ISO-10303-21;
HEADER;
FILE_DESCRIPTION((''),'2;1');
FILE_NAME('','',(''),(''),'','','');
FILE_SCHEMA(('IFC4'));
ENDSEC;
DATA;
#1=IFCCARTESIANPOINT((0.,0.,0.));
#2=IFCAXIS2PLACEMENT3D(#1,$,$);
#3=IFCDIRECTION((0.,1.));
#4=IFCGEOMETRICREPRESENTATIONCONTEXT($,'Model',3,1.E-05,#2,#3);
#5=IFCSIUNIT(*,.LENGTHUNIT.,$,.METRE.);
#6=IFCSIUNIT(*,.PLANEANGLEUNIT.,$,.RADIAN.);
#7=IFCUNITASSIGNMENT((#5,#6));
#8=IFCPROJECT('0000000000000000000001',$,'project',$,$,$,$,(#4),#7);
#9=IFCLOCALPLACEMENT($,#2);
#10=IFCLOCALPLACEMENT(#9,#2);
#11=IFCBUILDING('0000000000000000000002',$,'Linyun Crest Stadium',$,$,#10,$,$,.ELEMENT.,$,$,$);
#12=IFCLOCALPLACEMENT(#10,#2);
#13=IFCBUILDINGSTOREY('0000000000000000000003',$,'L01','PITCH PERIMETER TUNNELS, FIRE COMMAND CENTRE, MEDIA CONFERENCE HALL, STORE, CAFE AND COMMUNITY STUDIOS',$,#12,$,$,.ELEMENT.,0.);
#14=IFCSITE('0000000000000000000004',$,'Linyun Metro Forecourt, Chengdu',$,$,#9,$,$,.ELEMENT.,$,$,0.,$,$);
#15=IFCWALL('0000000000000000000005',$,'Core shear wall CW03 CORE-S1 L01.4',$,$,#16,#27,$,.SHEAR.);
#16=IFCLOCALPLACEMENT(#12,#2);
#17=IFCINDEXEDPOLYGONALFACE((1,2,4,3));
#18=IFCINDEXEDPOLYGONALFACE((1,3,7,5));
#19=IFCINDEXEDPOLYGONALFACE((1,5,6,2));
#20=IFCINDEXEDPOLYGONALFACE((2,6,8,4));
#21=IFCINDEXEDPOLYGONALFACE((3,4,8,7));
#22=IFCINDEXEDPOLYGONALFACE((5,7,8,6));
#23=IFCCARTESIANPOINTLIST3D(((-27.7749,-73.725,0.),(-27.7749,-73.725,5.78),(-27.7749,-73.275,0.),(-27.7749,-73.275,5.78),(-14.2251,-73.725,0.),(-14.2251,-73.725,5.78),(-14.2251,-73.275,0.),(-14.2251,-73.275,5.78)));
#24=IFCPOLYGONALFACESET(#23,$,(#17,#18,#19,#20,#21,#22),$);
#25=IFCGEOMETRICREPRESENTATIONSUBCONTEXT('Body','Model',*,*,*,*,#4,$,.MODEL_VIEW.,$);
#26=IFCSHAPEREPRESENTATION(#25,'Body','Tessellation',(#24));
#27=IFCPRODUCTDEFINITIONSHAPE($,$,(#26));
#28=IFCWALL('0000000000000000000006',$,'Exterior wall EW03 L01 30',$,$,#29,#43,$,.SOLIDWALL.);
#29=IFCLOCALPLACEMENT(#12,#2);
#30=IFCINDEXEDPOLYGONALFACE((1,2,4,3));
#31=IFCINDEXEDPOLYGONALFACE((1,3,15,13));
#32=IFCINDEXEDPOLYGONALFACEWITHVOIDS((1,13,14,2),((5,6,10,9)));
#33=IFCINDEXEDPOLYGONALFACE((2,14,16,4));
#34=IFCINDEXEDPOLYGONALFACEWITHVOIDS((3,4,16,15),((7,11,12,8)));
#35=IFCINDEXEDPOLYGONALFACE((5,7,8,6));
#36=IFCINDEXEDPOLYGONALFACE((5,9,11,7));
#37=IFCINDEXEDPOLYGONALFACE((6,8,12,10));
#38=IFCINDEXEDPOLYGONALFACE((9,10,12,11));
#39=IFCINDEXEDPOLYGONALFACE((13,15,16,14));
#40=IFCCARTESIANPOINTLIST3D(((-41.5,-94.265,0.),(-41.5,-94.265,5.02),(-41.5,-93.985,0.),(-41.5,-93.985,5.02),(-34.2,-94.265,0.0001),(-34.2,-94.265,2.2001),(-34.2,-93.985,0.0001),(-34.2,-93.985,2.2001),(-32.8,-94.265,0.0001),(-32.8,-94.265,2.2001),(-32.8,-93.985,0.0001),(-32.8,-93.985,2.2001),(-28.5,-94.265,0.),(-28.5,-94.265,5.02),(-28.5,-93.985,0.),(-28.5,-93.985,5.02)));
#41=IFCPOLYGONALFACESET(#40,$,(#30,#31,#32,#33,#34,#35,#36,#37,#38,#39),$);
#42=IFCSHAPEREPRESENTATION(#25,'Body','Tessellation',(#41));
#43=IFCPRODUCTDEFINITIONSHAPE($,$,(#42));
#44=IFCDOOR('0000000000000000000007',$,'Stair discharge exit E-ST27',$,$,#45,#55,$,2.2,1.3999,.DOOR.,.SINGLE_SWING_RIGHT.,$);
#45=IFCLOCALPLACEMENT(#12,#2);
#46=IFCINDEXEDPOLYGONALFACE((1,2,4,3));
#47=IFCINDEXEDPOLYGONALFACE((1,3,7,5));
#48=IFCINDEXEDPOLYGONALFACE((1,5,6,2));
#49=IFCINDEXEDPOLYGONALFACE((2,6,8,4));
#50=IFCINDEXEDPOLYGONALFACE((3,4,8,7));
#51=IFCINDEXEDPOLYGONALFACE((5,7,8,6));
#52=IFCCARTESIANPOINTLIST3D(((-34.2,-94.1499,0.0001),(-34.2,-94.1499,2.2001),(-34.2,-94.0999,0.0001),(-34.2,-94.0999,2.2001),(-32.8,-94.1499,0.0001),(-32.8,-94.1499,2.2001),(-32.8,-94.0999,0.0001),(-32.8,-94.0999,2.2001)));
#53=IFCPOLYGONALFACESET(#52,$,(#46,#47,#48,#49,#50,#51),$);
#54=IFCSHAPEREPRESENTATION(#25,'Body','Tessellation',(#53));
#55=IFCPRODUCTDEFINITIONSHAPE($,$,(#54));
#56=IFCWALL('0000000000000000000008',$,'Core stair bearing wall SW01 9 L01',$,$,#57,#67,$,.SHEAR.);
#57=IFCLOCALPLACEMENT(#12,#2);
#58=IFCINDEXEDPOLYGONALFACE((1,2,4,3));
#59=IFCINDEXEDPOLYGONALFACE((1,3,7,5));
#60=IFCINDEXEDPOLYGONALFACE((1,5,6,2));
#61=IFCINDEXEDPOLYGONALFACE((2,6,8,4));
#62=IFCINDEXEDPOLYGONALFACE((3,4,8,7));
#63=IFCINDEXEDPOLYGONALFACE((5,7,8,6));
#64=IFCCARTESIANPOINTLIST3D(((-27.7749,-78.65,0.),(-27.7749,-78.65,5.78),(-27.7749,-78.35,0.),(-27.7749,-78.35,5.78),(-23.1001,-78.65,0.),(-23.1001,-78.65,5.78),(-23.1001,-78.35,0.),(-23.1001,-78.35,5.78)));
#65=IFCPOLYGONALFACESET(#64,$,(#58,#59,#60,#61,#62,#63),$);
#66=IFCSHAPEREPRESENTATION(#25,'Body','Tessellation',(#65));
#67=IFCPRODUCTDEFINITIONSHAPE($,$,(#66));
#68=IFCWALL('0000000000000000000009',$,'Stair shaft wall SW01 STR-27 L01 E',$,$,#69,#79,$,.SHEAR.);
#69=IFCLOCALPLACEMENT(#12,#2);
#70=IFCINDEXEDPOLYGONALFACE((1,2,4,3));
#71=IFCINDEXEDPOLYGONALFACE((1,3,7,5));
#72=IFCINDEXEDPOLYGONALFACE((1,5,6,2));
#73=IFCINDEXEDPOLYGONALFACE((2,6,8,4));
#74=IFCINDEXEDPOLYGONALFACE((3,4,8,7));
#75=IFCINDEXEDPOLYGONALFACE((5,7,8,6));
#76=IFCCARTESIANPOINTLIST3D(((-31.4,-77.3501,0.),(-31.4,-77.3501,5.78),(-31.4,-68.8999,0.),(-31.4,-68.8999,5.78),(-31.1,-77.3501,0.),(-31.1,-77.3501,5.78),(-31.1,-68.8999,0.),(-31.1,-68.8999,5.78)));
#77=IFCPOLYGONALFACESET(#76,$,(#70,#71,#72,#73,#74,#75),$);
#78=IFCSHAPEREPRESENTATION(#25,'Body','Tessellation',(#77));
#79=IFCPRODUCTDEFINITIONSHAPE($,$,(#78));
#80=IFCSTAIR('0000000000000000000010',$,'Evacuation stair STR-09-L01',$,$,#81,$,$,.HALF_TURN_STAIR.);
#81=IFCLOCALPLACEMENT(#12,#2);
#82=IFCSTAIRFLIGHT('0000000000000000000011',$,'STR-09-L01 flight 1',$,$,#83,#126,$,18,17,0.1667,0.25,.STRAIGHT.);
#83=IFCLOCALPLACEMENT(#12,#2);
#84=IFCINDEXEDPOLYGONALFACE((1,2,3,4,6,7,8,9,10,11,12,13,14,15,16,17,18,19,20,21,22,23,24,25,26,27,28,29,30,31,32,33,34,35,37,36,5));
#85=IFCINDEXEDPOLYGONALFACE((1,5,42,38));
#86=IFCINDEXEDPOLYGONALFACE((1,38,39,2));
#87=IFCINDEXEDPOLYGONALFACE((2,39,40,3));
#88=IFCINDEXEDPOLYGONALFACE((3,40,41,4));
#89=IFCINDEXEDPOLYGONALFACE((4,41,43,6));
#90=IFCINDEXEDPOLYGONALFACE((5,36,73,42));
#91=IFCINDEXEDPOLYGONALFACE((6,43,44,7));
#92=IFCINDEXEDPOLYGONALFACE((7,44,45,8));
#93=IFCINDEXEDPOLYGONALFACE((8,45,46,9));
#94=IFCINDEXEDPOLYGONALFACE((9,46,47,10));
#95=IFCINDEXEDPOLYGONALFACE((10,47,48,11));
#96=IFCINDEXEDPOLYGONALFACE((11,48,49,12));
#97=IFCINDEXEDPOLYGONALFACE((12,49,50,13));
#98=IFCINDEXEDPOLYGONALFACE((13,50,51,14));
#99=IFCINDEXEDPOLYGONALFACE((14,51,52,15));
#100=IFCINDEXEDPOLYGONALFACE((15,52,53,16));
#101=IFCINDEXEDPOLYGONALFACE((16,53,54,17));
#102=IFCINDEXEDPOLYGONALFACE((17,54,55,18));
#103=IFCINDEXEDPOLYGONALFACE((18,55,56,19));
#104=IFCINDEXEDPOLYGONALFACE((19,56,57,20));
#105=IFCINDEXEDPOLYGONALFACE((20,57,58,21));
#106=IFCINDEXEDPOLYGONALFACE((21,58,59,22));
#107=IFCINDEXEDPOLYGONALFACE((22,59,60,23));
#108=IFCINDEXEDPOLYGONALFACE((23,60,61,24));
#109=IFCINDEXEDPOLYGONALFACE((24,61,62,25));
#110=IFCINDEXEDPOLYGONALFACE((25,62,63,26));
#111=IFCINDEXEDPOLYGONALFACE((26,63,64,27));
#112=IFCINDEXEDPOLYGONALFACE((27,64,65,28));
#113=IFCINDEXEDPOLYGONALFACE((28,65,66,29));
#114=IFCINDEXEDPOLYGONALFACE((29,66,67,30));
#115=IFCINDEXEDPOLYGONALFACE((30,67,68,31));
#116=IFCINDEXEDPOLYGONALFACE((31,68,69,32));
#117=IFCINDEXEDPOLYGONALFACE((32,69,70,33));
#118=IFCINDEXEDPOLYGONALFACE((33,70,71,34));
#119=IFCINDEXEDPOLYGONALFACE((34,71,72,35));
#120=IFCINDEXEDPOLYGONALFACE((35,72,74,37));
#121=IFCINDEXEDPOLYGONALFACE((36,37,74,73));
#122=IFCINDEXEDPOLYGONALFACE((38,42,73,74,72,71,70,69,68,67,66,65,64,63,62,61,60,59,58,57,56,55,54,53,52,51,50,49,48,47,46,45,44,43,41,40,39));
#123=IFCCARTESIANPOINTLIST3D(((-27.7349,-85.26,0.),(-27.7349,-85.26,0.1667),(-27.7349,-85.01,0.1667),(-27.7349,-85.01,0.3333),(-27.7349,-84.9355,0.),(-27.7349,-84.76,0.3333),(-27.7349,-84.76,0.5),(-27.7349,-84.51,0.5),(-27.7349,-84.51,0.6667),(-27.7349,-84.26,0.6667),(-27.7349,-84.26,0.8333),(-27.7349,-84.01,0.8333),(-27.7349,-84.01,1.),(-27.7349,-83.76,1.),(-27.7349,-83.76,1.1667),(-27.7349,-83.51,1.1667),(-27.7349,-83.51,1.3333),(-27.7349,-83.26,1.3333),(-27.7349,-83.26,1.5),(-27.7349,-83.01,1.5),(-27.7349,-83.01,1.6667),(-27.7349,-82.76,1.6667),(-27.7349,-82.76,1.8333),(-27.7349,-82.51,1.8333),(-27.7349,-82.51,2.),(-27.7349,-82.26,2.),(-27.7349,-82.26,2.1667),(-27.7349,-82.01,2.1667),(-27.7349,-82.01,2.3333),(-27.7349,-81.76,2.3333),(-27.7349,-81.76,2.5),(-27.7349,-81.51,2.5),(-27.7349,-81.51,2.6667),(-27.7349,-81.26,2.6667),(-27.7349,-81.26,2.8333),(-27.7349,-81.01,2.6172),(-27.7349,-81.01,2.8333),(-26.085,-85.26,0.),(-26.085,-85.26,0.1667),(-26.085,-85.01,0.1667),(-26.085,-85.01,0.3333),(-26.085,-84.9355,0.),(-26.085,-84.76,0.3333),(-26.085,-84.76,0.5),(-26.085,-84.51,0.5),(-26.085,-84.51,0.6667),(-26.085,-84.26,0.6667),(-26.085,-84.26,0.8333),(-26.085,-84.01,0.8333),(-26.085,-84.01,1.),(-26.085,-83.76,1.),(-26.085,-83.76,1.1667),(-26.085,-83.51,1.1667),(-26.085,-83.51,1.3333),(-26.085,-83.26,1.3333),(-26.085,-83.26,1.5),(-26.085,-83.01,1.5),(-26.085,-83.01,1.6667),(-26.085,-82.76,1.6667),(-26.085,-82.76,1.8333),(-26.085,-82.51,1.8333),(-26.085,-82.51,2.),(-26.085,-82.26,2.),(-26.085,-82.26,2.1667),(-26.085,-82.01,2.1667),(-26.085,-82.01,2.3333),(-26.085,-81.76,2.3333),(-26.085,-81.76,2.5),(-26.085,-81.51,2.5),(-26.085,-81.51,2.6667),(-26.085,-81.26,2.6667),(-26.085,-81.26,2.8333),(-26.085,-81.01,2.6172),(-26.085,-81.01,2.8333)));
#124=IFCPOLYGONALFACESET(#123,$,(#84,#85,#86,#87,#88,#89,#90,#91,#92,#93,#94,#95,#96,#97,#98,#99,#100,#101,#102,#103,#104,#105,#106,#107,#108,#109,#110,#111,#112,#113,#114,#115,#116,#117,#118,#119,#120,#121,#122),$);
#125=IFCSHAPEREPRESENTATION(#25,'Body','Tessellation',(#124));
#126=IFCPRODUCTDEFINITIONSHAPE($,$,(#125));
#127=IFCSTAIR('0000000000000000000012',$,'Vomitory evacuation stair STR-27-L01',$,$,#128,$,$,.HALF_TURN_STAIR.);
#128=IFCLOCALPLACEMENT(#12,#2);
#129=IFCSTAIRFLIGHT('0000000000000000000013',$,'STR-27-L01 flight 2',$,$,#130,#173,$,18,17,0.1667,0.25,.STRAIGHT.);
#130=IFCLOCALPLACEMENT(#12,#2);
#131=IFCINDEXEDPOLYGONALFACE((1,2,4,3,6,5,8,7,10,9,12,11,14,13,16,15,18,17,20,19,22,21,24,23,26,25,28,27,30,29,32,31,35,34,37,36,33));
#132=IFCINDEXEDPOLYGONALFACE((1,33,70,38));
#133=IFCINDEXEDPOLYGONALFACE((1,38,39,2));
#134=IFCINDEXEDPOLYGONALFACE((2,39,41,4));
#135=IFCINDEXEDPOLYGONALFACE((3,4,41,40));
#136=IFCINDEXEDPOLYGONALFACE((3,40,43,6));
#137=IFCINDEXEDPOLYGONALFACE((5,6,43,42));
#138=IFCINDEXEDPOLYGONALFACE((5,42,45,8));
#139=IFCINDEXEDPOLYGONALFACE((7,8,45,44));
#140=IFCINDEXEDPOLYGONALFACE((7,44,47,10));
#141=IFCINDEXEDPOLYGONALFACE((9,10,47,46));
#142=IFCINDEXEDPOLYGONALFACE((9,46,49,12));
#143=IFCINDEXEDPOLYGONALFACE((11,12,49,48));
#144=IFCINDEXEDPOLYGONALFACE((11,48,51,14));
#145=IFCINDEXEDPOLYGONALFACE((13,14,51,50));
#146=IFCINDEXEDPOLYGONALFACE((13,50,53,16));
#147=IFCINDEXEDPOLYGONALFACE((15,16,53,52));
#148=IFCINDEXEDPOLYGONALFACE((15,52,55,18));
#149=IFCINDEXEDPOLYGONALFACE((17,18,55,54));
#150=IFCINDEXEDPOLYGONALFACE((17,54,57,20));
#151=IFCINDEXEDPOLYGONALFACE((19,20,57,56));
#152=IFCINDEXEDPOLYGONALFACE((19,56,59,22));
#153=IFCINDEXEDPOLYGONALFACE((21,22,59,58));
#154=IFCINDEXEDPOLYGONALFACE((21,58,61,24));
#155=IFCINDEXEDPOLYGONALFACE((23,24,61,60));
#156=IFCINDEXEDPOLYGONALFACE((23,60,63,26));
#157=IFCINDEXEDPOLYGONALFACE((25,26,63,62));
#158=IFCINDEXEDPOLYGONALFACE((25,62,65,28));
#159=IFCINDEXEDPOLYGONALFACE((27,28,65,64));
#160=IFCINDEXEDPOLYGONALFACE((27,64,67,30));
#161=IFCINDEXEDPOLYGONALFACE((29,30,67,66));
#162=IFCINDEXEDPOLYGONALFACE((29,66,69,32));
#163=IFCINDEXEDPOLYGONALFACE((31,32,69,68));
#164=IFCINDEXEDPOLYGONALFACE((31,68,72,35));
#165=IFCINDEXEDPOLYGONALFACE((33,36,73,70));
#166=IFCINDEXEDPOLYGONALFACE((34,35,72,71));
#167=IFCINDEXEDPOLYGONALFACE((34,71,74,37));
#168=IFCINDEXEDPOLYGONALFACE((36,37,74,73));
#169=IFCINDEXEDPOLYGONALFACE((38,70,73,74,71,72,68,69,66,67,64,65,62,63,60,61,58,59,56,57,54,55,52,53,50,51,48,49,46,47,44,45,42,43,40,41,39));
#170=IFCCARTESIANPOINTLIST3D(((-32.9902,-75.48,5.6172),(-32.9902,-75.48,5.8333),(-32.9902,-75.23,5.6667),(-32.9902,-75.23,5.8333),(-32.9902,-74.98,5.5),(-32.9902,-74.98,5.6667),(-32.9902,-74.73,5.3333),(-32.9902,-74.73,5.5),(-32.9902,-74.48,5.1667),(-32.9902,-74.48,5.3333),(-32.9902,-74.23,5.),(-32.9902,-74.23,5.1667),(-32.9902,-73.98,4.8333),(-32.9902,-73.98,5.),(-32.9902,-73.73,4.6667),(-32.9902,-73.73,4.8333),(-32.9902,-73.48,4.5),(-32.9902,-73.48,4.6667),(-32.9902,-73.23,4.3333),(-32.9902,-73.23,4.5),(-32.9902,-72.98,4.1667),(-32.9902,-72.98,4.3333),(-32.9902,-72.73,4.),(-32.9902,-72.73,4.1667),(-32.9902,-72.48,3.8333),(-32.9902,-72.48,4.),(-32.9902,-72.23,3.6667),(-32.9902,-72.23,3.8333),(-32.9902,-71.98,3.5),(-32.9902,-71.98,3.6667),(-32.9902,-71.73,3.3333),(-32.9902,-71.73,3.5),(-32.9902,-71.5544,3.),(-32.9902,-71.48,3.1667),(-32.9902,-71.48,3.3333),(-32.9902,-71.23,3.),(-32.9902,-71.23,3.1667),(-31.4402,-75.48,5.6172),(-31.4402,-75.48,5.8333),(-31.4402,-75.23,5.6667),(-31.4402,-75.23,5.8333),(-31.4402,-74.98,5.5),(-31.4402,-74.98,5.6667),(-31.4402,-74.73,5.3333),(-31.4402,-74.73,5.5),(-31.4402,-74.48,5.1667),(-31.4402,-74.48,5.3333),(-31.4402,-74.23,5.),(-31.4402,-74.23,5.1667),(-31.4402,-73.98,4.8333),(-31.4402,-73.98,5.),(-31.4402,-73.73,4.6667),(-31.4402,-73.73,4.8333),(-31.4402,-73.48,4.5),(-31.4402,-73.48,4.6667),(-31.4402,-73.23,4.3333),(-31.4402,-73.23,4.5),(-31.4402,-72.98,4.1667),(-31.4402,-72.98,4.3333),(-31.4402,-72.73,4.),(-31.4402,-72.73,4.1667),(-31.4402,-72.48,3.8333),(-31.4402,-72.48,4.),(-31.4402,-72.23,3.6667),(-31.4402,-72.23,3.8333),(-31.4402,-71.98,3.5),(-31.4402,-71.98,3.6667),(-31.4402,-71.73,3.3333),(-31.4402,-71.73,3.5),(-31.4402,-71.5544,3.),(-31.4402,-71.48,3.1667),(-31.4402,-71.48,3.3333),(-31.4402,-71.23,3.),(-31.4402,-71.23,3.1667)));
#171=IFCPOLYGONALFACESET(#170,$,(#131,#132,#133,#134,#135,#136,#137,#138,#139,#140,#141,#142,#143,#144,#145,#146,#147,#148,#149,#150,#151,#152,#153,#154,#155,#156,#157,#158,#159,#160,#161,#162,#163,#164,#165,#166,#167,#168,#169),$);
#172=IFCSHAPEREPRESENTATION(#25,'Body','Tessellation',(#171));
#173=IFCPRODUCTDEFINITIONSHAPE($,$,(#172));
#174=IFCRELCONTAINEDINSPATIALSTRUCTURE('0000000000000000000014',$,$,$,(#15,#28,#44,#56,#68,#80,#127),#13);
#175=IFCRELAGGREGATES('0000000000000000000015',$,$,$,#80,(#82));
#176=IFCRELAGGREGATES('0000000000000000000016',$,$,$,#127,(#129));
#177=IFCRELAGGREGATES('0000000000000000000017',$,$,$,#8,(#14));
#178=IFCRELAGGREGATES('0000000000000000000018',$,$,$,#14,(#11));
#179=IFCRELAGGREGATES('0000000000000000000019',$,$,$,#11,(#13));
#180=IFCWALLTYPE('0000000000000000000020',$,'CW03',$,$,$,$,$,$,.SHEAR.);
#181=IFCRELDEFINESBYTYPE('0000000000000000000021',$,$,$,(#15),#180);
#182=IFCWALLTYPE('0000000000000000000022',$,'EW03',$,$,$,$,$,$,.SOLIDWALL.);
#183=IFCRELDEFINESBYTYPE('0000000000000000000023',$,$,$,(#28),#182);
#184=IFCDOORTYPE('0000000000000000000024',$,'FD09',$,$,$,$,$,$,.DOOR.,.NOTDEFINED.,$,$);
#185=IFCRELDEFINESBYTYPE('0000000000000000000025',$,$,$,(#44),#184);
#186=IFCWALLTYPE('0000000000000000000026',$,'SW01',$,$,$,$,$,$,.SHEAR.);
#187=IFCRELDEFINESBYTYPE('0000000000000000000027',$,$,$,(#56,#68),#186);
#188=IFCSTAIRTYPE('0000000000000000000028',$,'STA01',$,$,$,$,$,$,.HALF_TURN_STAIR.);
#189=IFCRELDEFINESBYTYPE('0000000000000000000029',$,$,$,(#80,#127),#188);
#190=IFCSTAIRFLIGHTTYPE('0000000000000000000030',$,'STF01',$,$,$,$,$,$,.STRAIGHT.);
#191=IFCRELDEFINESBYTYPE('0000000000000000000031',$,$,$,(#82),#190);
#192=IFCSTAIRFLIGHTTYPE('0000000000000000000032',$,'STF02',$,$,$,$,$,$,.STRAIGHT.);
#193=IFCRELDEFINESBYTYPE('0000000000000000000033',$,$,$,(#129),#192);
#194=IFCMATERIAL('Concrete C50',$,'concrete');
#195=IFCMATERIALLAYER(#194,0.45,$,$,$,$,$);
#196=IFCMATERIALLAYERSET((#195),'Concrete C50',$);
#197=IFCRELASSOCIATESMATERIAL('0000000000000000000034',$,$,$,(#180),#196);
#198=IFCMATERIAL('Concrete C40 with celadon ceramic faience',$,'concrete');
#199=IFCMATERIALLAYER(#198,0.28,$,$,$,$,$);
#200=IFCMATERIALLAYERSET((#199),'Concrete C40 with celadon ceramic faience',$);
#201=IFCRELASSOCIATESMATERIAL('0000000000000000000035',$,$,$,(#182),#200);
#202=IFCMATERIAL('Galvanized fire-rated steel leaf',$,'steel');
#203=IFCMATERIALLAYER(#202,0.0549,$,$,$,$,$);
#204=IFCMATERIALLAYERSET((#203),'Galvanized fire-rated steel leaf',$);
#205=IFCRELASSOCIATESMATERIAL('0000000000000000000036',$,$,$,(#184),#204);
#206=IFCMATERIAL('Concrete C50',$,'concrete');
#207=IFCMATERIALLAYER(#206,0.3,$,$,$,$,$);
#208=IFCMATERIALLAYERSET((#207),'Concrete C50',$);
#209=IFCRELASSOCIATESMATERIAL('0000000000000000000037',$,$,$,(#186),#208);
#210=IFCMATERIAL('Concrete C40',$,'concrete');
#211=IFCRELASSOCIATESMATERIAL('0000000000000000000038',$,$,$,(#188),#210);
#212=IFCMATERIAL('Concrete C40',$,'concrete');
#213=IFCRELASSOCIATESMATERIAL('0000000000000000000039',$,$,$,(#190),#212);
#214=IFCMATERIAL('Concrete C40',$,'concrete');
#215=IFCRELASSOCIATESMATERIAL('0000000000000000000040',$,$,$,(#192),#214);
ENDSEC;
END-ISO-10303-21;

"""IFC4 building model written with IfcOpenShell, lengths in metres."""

from ifc_helpers import new_model, si_unit, direction, frame, frame_2d, origin, place, context, subcontext, project, spatial, polyline, rectangle, outline, extrude, material, layer, layer_set, type_object, element, fill, aggregate, save


model = new_model("IFC4")

# Units and contexts
model_context = context("Model", 3, precision=1e-05, world=origin(), true_north=direction((0.0, 1.0)))
body_context = subcontext(model_context, "Body", "Model", "MODEL_VIEW")
ifc_project = project(units=[si_unit("LENGTHUNIT", "METRE"), si_unit("PLANEANGLEUNIT", "RADIAN")], contexts=[model_context])

# Site, building, storey
site_placement = place(None, origin())
site = spatial("IfcSite", under=ifc_project, at=site_placement, Name="Linyun Metro Forecourt, Chengdu", CompositionType="ELEMENT", RefElevation=0.0)
building_placement = place(site_placement, origin())
building = spatial("IfcBuilding", under=site, at=building_placement, Name="Linyun Crest Stadium", CompositionType="ELEMENT")
storey_placement = place(building_placement, origin())
storey = spatial("IfcBuildingStorey", under=building, at=storey_placement, Name="L01", Description="PITCH PERIMETER TUNNELS, FIRE COMMAND CENTRE, MEDIA CONFERENCE HALL, STORE, CAFE AND COMMUNITY STUDIOS", CompositionType="ELEMENT", Elevation=0.0)

# Shared definitions
ifc_material_1 = material(Name="Concrete C50", Category="concrete")
ifc_layer_1 = layer(ifc_material_1, 0.45)
ifc_layer_set_1 = layer_set([ifc_layer_1], Name="Concrete C50")
wall_type_1 = type_object("IfcWallType", Name="CW03", PredefinedType="SHEAR", material=ifc_layer_set_1)

# Wall
wall_1_placement = place(storey_placement, frame((-27.7749, -73.5, 0.0), z_axis=(0.0, 0.0, 1.0), x_axis=(1.0, 0.0, 0.0)))
element("IfcWall", 1, at=wall_1_placement, inside=storey, type_object=wall_type_1, Name="Core shear wall CW03 CORE-S1 L01.4", PredefinedType="SHEAR", context=body_context, shape_type="SweptSolid", body=[
    extrude(rectangle(XDim=13.5498, YDim=0.45, at=frame_2d((6.7749, 0.0))), origin(), (0.0, 0.0, 1.0), 5.78),
])

# Wall, opening, door
ifc_material_2 = material(Name="Concrete C40 with celadon ceramic faience", Category="concrete")
ifc_layer_2 = layer(ifc_material_2, 0.28)
ifc_layer_set_2 = layer_set([ifc_layer_2], Name="Concrete C40 with celadon ceramic faience")
wall_type_2 = type_object("IfcWallType", Name="EW03", PredefinedType="SOLIDWALL", material=ifc_layer_set_2)
wall_2_placement = place(storey_placement, frame((-28.5, -94.125, 0.0), z_axis=(0.0, 0.0, 1.0), x_axis=(-1.0, 0.0, 0.0)))
wall_2 = element("IfcWall", 2, at=wall_2_placement, inside=storey, type_object=wall_type_2, Name="Exterior wall EW03 L01 30", PredefinedType="SOLIDWALL", context=body_context, shape_type="SweptSolid", body=[
    extrude(rectangle(XDim=13.0, YDim=0.28, at=frame_2d((6.5, 0.0))), origin(), (0.0, 0.0, 1.0), 5.02),
])
opening_1_placement = place(wall_2_placement, frame((4.3, 0.0, 0.0)))
opening_1 = element("IfcOpeningElement", 3, at=opening_1_placement, cuts=wall_2, PredefinedType="OPENING", context=body_context, shape_type="SweptSolid", body=[
    extrude(rectangle(XDim=1.3999, YDim=2.2, at=frame_2d((0.7, 1.1001))), frame((0.0, 0.1499, 0.0), z_axis=(0.0, -1.0, 0.0), x_axis=(1.0, 0.0, 0.0)), (0.0, 0.0, 1.0), 0.3),
])
ifc_material_3 = material(Name="Galvanized fire-rated steel leaf", Category="steel")
ifc_layer_3 = layer(ifc_material_3, 0.0549)
ifc_layer_set_3 = layer_set([ifc_layer_3], Name="Galvanized fire-rated steel leaf")
door_type_1 = type_object("IfcDoorType", Name="FD09", OperationType="NOTDEFINED", PredefinedType="DOOR", material=ifc_layer_set_3)
door_1_placement = place(opening_1_placement, origin())
door_1 = element("IfcDoor", 4, at=door_1_placement, inside=storey, type_object=door_type_1, Name="Stair discharge exit E-ST27", OperationType="SINGLE_SWING_RIGHT", OverallHeight=2.2, OverallWidth=1.3999, PredefinedType="DOOR", context=body_context, shape_type="SweptSolid", body=[
    extrude(rectangle(XDim=1.3999, YDim=2.2, at=frame_2d((0.7, 1.1001))), frame((0.0, 0.0249, 0.0), z_axis=(0.0, -1.0, 0.0), x_axis=(1.0, 0.0, 0.0)), (0.0, 0.0, 1.0), 0.05),
])
fill(opening_1, door_1)

# Walls
ifc_material_4 = material(Name="Concrete C50", Category="concrete")
ifc_layer_4 = layer(ifc_material_4, 0.3)
ifc_layer_set_4 = layer_set([ifc_layer_4], Name="Concrete C50")
wall_type_3 = type_object("IfcWallType", Name="SW01", PredefinedType="SHEAR", material=ifc_layer_set_4)
wall_3_placement = place(storey_placement, frame((-27.7749, -78.5, 0.0), z_axis=(0.0, 0.0, 1.0), x_axis=(1.0, 0.0, 0.0)))
element("IfcWall", 5, at=wall_3_placement, inside=storey, type_object=wall_type_3, Name="Core stair bearing wall SW01 9 L01", PredefinedType="SHEAR", context=body_context, shape_type="SweptSolid", body=[
    extrude(rectangle(XDim=4.6748, YDim=0.3, at=frame_2d((2.3374, 0.0))), origin(), (0.0, 0.0, 1.0), 5.78),
])
wall_4_placement = place(storey_placement, frame((-31.25, -77.3501, 0.0), z_axis=(0.0, 0.0, 1.0), x_axis=(0.0, 1.0, 0.0)))
element("IfcWall", 6, at=wall_4_placement, inside=storey, type_object=wall_type_3, Name="Stair shaft wall SW01 STR-27 L01 E", PredefinedType="SHEAR", context=body_context, shape_type="SweptSolid", body=[
    extrude(rectangle(XDim=8.4502, YDim=0.3, at=frame_2d((4.2251, 0.0))), origin(), (0.0, 0.0, 1.0), 5.78),
])

# Stairs, stair flights
ifc_material_5 = material(Name="Concrete C40", Category="concrete")
stair_type = type_object("IfcStairType", Name="STA01", PredefinedType="HALF_TURN_STAIR", material=ifc_material_5)
stair_1_placement = place(storey_placement, origin())
stair_1 = element("IfcStair", 7, at=stair_1_placement, inside=storey, type_object=stair_type, Name="Evacuation stair STR-09-L01", PredefinedType="HALF_TURN_STAIR")
ifc_material_6 = material(Name="Concrete C40", Category="concrete")
stair_flight_type_1 = type_object("IfcStairFlightType", Name="STF01", PredefinedType="STRAIGHT", material=ifc_material_6)
stair_flight_1_placement = place(storey_placement, frame((-26.9099, -85.26, 0.0), z_axis=(0.0, 0.0, 1.0), x_axis=(0.0, 1.0, 0.0)))
stair_flight_1 = element("IfcStairFlight", 8, at=stair_flight_1_placement, type_object=stair_flight_type_1, Name="STR-09-L01 flight 1", NumberOfRisers=18, NumberOfTreads=17, PredefinedType="STRAIGHT", RiserHeight=0.1667, TreadLength=0.25, context=body_context, shape_type="SweptSolid", body=[
    extrude(outline(polyline([(0.0, 0.0), (0.0, 0.1667), (0.25, 0.1667), (0.25, 0.3333), (0.5, 0.3333), (0.5, 0.5), (0.75, 0.5), (0.75, 0.6667), (1.0, 0.6667), (1.0, 0.8333), (1.25, 0.8333), (1.25, 1.0), (1.5, 1.0), (1.5, 1.1667), (1.75, 1.1667), (1.75, 1.3333), (2.0, 1.3333), (2.0, 1.5), (2.25, 1.5), (2.25, 1.6667), (2.5, 1.6667), (2.5, 1.8333), (2.75, 1.8333), (2.75, 2.0), (3.0, 2.0), (3.0, 2.1667), (3.25, 2.1667), (3.25, 2.3333), (3.5, 2.3333), (3.5, 2.5), (3.75, 2.5), (3.75, 2.6667), (4.0, 2.6667), (4.0, 2.8333), (4.25, 2.8333), (4.25, 3.0), (4.25, 2.6172), (0.3245, 0.0), (0.0, 0.0)])), frame((0.0, 0.825, 0.0), z_axis=(0.0, -1.0, 0.0), x_axis=(1.0, 0.0, 0.0)), (0.0, 0.0, 1.0), 1.6499),
])
aggregate(stair_1, [stair_flight_1])
stair_2_placement = place(storey_placement, origin())
stair_2 = element("IfcStair", 9, at=stair_2_placement, inside=storey, type_object=stair_type, Name="Vomitory evacuation stair STR-27-L01", PredefinedType="HALF_TURN_STAIR")
ifc_material_7 = material(Name="Concrete C40", Category="concrete")
stair_flight_type_2 = type_object("IfcStairFlightType", Name="STF02", PredefinedType="STRAIGHT", material=ifc_material_7)
stair_flight_2_placement = place(storey_placement, frame((-32.2151, -71.23, 3.0), z_axis=(0.0, 0.0, 1.0), x_axis=(0.0, -1.0, 0.0)))
stair_flight_2 = element("IfcStairFlight", 10, at=stair_flight_2_placement, type_object=stair_flight_type_2, Name="STR-27-L01 flight 2", NumberOfRisers=18, NumberOfTreads=17, PredefinedType="STRAIGHT", RiserHeight=0.1667, TreadLength=0.25, context=body_context, shape_type="SweptSolid", body=[
    extrude(outline(polyline([(0.0, 0.0), (0.0, 0.1667), (0.25, 0.1667), (0.25, 0.3333), (0.5, 0.3333), (0.5, 0.5), (0.75, 0.5), (0.75, 0.6667), (1.0, 0.6667), (1.0, 0.8333), (1.25, 0.8333), (1.25, 1.0), (1.5, 1.0), (1.5, 1.1667), (1.75, 1.1667), (1.75, 1.3333), (2.0, 1.3333), (2.0, 1.5), (2.25, 1.5), (2.25, 1.6667), (2.5, 1.6667), (2.5, 1.8333), (2.75, 1.8333), (2.75, 2.0), (3.0, 2.0), (3.0, 2.1667), (3.25, 2.1667), (3.25, 2.3333), (3.5, 2.3333), (3.5, 2.5), (3.75, 2.5), (3.75, 2.6667), (4.0, 2.6667), (4.0, 2.8333), (4.25, 2.8333), (4.25, 3.0), (4.25, 2.6172), (0.3245, 0.0), (0.0, 0.0)])), frame((0.0, 0.7749, 0.0), z_axis=(0.0, -1.0, 0.0), x_axis=(1.0, 0.0, 0.0)), (0.0, 0.0, 1.0), 1.55),
])
aggregate(stair_2, [stair_flight_2])

save(model, "model.ifc")
